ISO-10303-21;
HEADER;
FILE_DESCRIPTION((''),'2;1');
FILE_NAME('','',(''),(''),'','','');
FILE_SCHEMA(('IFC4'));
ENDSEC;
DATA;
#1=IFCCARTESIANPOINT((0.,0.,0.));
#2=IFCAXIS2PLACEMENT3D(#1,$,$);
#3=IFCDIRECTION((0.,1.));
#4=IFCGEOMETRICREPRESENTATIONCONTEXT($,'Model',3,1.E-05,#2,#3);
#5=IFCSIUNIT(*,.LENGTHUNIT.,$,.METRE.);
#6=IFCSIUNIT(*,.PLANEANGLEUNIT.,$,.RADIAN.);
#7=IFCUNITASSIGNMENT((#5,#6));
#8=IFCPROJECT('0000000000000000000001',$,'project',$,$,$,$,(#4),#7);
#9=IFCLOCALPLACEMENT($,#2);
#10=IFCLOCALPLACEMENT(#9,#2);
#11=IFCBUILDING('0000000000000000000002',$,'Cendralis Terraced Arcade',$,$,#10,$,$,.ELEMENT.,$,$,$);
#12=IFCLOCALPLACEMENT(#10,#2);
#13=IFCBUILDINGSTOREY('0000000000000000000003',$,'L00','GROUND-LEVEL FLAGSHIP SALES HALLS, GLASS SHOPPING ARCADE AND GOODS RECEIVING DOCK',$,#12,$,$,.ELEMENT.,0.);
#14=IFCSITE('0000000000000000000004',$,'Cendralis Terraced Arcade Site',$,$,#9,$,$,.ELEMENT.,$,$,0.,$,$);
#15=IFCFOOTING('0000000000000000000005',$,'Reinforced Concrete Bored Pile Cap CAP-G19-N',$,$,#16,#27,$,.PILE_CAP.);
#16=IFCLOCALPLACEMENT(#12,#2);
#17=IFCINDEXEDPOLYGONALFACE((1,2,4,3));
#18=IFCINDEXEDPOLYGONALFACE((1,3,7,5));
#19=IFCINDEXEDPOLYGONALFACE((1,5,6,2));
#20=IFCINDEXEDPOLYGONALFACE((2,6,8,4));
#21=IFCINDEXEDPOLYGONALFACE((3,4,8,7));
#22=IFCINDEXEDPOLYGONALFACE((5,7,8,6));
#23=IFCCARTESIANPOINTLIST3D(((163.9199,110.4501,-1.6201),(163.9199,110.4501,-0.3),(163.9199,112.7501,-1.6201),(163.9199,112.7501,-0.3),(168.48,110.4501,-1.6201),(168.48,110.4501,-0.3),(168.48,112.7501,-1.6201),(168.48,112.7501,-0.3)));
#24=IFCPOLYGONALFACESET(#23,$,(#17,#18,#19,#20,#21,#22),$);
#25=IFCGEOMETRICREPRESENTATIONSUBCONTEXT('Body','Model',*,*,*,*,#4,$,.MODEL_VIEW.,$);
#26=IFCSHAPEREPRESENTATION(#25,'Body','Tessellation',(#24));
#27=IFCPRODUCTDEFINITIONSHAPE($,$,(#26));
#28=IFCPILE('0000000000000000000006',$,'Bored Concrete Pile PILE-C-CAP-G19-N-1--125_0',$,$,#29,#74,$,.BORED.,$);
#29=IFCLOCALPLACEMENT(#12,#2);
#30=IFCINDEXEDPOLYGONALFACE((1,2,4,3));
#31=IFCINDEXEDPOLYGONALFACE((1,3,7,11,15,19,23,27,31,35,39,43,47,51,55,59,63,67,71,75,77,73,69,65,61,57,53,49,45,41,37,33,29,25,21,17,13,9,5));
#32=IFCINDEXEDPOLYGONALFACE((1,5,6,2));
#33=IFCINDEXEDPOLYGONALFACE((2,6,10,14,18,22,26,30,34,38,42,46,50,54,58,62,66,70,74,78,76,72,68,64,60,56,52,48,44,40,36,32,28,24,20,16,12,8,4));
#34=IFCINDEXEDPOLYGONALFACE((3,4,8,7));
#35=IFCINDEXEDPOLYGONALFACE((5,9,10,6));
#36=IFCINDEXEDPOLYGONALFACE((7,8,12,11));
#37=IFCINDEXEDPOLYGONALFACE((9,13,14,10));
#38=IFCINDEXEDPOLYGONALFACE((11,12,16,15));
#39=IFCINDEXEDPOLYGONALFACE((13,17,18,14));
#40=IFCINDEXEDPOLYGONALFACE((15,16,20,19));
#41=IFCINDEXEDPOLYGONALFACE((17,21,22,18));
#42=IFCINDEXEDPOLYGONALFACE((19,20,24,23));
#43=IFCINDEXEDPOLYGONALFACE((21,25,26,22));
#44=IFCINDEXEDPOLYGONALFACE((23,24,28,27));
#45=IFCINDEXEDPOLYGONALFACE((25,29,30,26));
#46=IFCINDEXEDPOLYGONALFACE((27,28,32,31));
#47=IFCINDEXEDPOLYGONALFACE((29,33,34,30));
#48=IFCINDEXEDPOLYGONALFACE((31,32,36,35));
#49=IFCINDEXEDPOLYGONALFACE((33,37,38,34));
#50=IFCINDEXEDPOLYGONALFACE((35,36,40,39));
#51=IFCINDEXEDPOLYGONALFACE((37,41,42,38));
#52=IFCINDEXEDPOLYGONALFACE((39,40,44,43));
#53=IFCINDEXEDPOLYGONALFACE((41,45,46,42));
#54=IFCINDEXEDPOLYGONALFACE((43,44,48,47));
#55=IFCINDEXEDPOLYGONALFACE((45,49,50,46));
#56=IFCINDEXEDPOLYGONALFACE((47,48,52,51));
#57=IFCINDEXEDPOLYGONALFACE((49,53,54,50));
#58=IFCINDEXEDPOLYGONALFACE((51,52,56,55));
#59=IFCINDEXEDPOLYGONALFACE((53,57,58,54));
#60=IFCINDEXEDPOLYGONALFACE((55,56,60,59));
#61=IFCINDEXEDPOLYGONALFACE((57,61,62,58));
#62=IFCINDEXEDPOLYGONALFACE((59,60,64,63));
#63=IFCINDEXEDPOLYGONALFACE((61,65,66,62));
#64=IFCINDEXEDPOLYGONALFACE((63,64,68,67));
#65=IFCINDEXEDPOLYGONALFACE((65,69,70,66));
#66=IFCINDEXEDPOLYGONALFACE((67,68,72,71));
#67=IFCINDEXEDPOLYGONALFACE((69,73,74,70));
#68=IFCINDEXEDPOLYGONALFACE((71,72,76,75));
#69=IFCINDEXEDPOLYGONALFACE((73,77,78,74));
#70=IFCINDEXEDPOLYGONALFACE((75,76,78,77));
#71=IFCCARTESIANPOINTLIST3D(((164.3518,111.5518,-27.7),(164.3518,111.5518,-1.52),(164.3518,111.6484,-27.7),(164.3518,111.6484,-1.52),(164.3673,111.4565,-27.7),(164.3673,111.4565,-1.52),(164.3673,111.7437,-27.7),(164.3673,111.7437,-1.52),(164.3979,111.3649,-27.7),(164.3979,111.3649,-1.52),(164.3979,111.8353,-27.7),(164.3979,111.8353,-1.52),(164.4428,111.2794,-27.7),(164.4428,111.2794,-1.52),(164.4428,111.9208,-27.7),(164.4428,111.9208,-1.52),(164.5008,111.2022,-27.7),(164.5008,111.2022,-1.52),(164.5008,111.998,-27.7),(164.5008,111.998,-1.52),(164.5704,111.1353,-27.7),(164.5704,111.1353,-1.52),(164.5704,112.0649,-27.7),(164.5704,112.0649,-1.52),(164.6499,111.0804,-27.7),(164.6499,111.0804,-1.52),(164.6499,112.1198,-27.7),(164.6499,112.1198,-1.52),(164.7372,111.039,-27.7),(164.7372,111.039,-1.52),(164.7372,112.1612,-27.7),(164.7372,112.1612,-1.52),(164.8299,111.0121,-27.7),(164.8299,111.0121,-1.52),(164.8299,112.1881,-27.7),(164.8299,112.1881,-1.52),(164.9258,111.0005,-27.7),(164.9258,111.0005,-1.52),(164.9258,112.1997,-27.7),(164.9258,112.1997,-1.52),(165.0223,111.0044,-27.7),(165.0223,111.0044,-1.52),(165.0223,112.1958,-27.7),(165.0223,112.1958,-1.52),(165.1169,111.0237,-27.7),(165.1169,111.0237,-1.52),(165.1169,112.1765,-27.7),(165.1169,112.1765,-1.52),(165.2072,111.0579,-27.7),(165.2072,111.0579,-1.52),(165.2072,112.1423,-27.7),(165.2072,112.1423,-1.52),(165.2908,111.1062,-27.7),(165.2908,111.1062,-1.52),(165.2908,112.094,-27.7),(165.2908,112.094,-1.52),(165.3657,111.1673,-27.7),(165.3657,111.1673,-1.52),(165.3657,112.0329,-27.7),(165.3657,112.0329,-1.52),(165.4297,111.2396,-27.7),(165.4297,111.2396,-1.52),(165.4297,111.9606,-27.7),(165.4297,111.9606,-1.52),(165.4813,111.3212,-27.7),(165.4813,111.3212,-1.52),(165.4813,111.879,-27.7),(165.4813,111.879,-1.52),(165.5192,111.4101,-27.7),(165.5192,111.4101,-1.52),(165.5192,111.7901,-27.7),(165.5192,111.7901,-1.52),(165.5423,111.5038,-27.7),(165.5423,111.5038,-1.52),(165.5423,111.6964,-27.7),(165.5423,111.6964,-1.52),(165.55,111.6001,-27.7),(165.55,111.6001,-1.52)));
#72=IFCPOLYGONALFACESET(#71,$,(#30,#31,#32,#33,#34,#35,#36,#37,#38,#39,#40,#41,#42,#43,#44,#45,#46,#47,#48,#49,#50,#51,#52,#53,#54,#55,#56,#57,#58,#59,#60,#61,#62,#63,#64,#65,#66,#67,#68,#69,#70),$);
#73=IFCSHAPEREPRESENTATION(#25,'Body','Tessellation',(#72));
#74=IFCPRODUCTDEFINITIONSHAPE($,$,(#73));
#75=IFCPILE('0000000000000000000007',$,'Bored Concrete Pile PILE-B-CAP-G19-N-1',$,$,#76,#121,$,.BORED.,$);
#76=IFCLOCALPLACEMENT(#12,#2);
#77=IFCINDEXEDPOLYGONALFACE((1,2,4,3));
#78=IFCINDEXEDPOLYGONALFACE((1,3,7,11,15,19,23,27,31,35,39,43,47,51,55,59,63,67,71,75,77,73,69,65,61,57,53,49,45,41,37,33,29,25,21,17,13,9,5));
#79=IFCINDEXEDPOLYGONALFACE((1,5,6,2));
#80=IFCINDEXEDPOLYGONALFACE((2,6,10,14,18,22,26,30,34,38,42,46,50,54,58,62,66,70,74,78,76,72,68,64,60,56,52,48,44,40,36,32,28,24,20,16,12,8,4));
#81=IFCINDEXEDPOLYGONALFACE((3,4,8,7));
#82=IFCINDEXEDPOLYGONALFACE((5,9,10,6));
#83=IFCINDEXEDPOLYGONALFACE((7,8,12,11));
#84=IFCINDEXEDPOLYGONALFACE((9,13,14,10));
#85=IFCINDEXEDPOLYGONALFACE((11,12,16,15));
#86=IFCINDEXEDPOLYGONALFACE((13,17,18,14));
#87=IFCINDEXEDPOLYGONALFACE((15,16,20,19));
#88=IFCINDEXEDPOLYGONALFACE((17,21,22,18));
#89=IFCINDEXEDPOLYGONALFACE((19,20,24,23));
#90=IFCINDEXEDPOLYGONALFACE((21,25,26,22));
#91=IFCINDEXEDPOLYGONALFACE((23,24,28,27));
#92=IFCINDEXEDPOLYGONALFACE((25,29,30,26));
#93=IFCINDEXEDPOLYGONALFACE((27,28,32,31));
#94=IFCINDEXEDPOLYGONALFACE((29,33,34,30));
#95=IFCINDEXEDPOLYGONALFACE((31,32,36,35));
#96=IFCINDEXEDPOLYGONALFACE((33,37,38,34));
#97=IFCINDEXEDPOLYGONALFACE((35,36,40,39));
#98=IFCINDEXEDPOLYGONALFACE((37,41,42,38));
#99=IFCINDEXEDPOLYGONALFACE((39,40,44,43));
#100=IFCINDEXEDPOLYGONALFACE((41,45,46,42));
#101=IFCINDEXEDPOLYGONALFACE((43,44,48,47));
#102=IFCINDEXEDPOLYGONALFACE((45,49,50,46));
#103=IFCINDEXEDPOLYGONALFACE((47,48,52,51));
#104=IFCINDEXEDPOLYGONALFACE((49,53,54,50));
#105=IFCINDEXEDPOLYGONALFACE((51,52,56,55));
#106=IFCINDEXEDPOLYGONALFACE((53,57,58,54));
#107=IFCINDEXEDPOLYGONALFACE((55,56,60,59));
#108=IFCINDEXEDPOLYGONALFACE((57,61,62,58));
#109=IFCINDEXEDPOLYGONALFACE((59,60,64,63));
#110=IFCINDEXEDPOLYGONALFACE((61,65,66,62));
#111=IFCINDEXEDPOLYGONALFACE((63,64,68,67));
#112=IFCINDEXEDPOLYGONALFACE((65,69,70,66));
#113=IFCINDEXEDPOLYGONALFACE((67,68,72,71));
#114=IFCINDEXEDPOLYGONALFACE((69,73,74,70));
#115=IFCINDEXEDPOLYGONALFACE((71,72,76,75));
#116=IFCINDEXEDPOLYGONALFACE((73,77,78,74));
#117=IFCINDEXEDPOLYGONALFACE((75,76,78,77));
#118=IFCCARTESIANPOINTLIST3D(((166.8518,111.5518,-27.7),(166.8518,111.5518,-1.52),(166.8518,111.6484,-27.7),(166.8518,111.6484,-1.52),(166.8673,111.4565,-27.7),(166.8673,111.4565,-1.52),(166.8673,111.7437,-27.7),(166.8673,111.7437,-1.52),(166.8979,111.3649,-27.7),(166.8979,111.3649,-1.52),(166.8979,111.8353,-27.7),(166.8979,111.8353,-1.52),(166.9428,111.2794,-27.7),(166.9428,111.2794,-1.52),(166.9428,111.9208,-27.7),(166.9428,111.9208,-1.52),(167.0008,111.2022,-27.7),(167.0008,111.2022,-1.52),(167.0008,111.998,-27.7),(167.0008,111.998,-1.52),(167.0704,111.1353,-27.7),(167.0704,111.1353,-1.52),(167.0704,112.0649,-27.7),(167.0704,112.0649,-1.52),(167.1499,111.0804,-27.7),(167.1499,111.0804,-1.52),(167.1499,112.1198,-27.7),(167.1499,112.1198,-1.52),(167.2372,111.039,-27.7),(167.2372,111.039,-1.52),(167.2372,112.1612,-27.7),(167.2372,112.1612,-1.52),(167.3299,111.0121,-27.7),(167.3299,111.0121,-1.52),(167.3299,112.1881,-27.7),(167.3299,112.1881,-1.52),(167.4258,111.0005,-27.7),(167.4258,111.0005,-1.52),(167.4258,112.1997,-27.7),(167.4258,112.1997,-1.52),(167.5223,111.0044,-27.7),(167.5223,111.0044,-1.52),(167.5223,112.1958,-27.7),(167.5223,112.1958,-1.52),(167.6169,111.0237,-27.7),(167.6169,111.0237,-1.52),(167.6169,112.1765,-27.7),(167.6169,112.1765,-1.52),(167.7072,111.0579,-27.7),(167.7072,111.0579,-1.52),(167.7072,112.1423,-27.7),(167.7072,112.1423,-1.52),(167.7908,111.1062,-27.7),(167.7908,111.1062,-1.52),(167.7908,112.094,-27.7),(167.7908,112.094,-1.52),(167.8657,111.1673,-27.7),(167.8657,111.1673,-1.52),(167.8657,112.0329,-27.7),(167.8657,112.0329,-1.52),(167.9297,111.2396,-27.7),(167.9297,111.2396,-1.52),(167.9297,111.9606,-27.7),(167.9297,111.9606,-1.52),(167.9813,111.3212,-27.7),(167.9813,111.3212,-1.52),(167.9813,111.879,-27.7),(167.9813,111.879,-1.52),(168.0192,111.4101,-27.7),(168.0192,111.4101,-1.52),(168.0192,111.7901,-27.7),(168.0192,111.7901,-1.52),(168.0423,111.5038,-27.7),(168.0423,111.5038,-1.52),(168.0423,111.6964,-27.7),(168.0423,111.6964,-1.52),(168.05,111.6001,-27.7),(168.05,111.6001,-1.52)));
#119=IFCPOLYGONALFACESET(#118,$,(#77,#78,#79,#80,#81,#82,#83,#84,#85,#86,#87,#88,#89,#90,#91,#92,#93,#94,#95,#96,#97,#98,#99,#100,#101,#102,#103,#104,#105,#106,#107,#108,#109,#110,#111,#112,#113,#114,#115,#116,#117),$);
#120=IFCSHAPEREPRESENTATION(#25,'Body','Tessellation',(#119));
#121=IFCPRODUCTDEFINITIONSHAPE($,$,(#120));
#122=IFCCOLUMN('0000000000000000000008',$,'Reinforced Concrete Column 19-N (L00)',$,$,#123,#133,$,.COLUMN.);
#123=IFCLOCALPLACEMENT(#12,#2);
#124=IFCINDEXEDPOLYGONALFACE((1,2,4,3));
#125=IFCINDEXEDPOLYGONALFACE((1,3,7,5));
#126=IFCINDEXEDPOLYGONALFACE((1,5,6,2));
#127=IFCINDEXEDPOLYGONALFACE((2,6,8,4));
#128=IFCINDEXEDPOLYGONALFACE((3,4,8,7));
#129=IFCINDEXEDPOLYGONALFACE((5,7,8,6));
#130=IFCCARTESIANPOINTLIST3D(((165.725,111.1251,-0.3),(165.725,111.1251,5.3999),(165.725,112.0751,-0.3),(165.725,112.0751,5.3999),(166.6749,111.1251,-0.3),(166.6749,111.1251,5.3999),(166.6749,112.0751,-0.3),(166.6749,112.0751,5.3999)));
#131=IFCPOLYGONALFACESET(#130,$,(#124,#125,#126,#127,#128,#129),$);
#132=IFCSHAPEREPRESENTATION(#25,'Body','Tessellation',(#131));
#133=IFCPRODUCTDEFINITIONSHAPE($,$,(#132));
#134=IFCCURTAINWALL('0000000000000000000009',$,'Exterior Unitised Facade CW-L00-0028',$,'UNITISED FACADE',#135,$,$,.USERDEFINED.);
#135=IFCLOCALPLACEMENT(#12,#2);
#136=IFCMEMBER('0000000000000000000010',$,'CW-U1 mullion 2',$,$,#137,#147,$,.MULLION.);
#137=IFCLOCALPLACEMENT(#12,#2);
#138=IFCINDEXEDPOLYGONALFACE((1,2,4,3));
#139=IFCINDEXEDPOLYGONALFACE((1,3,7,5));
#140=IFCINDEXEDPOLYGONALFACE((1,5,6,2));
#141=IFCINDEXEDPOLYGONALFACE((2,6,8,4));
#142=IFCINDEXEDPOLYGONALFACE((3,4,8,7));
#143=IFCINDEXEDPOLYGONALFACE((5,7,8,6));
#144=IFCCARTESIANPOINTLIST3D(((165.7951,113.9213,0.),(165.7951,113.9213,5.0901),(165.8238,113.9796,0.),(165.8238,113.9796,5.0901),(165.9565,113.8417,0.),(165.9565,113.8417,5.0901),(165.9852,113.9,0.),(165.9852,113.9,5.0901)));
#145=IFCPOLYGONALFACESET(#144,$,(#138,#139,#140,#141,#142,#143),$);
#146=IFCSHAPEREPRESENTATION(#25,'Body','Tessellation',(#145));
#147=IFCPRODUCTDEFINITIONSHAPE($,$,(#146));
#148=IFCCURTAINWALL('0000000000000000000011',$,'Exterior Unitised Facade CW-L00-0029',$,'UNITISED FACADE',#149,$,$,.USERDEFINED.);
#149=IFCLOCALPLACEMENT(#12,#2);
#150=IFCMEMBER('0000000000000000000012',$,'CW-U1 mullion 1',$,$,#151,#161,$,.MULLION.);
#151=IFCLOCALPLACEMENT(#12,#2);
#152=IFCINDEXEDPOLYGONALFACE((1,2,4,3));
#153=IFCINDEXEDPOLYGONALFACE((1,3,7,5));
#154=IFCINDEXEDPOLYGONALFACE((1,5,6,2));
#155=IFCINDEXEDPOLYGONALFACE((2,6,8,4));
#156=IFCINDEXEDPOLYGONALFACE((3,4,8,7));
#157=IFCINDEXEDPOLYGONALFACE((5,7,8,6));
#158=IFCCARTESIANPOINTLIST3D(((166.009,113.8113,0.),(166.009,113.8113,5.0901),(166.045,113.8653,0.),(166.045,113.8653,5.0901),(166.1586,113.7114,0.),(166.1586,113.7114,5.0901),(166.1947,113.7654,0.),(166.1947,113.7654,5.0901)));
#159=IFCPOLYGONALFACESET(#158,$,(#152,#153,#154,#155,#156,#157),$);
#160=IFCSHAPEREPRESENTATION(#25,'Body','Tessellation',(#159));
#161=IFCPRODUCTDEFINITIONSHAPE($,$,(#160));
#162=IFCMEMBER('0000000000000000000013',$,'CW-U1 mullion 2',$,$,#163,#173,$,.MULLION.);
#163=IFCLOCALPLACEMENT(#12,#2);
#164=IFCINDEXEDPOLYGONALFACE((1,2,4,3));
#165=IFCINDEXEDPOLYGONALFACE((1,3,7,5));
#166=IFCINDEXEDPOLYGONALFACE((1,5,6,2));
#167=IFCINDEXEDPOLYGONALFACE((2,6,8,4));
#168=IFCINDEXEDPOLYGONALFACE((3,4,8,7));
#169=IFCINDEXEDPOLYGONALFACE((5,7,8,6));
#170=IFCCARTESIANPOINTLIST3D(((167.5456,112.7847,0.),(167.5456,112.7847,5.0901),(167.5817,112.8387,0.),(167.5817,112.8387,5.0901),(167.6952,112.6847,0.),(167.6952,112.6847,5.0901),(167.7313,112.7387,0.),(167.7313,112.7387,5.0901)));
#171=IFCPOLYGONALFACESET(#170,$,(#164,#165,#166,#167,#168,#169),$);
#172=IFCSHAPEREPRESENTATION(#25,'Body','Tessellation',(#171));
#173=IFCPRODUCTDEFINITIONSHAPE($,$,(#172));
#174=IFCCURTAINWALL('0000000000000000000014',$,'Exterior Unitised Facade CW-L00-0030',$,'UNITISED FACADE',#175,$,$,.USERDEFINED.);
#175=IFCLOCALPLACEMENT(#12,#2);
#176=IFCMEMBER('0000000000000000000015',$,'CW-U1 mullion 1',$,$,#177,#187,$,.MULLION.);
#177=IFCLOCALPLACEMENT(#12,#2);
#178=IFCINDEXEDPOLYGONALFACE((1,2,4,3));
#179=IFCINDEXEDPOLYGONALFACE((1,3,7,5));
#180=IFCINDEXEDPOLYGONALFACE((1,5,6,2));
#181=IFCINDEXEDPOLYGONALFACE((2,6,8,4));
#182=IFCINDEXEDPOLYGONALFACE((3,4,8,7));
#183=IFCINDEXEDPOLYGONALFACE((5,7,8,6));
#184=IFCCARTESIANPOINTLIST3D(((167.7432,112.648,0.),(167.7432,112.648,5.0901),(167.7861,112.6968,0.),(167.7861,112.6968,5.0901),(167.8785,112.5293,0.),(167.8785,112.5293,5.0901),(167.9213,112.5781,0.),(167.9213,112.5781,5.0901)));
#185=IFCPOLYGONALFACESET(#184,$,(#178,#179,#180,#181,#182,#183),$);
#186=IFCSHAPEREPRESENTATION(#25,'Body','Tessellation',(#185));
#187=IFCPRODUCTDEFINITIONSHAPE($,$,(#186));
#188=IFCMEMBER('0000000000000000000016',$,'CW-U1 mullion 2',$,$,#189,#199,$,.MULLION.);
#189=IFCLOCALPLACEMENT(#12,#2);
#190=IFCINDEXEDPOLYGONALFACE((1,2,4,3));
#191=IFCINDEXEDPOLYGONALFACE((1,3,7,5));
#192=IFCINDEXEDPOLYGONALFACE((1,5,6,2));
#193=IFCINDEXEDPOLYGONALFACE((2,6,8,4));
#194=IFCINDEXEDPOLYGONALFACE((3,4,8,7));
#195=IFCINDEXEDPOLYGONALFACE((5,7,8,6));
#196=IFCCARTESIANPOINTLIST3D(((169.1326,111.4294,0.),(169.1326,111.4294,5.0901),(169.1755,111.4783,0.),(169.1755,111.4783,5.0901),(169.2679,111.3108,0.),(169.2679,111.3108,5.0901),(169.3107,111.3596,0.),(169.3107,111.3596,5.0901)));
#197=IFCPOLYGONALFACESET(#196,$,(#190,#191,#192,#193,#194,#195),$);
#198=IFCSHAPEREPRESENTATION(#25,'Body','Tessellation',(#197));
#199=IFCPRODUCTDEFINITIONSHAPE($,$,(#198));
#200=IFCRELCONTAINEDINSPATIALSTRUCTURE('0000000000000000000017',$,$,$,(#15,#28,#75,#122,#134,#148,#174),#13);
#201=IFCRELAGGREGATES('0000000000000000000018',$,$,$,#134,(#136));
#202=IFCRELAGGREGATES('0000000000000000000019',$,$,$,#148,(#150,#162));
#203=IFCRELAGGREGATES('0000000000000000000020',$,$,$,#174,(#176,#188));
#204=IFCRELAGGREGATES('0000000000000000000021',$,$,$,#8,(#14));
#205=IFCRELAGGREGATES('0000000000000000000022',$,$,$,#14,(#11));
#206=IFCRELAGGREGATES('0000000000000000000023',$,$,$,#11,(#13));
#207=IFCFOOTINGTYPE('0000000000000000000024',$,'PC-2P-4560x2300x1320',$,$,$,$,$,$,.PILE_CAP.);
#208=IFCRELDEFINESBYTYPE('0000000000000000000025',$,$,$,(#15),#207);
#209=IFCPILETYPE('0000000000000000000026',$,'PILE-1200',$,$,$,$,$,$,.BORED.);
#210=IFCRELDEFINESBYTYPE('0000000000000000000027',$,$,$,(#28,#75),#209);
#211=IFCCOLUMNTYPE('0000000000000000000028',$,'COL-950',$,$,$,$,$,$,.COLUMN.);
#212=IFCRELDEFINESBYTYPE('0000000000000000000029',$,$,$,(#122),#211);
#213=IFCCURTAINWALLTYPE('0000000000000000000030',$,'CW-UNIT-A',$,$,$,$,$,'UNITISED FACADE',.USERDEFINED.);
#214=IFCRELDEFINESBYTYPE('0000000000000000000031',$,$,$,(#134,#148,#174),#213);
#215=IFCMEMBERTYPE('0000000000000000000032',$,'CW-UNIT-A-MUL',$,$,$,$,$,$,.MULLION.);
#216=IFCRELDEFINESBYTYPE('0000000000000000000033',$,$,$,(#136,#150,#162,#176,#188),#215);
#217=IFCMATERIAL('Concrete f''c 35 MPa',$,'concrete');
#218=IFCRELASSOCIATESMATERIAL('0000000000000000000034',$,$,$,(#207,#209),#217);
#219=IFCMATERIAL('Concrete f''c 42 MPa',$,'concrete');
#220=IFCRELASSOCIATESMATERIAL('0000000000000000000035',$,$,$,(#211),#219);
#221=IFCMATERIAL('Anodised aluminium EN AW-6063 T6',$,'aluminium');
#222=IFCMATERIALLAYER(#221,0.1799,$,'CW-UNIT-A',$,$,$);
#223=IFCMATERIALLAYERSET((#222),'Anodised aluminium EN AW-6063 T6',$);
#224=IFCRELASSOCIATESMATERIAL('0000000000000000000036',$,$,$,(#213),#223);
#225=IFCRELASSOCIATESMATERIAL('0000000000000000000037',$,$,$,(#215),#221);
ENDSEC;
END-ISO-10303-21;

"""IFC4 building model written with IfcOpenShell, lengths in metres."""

from ifc_helpers import new_model, si_unit, direction, frame, origin, origin_2d, place, context, subcontext, project, spatial, rectangle, circle, extrude, material, layer, layer_set, material_profile, profile_set, type_object, element, aggregate, save


model = new_model("IFC4")

# Units and contexts
model_context = context("Model", 3, precision=1e-05, world=origin(), true_north=direction((0.0, 1.0)))
body_context = subcontext(model_context, "Body", "Model", "MODEL_VIEW")
ifc_project = project(units=[si_unit("LENGTHUNIT", "METRE"), si_unit("PLANEANGLEUNIT", "RADIAN")], contexts=[model_context])

# Site, building, storey
site_placement = place(None, origin())
site = spatial("IfcSite", under=ifc_project, at=site_placement, Name="Cendralis Terraced Arcade Site", CompositionType="ELEMENT", RefElevation=0.0)
building_placement = place(site_placement, origin())
building = spatial("IfcBuilding", under=site, at=building_placement, Name="Cendralis Terraced Arcade", CompositionType="ELEMENT")
storey_placement = place(building_placement, origin())
storey = spatial("IfcBuildingStorey", under=building, at=storey_placement, Name="L00", Description="GROUND-LEVEL FLAGSHIP SALES HALLS, GLASS SHOPPING ARCADE AND GOODS RECEIVING DOCK", CompositionType="ELEMENT", Elevation=0.0)

# Footing
ifc_material_1 = material(Name="Concrete f'c 35 MPa", Category="concrete")
footing_type = type_object("IfcFootingType", Name="PC-2P-4560x2300x1320", PredefinedType="PILE_CAP", material=ifc_material_1)
footing_placement = place(storey_placement, frame((166.2, 111.6001, -1.6201), z_axis=(0.0, 0.0, 1.0), x_axis=(1.0, 0.0, 0.0)))
element("IfcFooting", 1, at=footing_placement, inside=storey, type_object=footing_type, Name="Reinforced Concrete Bored Pile Cap CAP-G19-N", PredefinedType="PILE_CAP", context=body_context, shape_type="SweptSolid", body=[
    extrude(rectangle(XDim=4.5601, YDim=2.3, at=origin_2d()), origin(), (0.0, 0.0, 1.0), 1.3201),
])

# Piles
ifc_material_profile_1 = material_profile(ifc_material_1, circle(Radius=0.6001, at=origin_2d()), Name="PILE-D1200", Category="LoadBearing")
ifc_profile_set_1 = profile_set([ifc_material_profile_1], Name="Concrete f'c 35 MPa")
pile_type = type_object("IfcPileType", Name="PILE-1200", PredefinedType="BORED", material=ifc_profile_set_1)
for number, where, z_axis, x_axis, name in (
    (2, (164.95, 111.6001, -1.52), (0.0, 0.0, -1.0), (1.0, 0.0, 0.0), "Bored Concrete Pile PILE-C-CAP-G19-N-1--125_0"),
    (3, (167.45, 111.6001, -1.52), (0.0, 0.0, -1.0), (1.0, 0.0, 0.0), "Bored Concrete Pile PILE-B-CAP-G19-N-1"),
):
    element("IfcPile", number, at=place(storey_placement, frame(where, z_axis=z_axis, x_axis=x_axis)), inside=storey, type_object=pile_type, Name=name, PredefinedType="BORED", context=body_context, shape_type="SweptSolid", body=[
        extrude(circle(Radius=0.6001, at=origin_2d()), origin(), (0.0, 0.0, 1.0), 26.1799),
    ])

# Column
ifc_material_2 = material(Name="Concrete f'c 42 MPa", Category="concrete")
ifc_material_profile_2 = material_profile(ifc_material_2, rectangle(XDim=0.95, YDim=0.95, at=origin_2d()), Name="RC-COL-950x950", Category="LoadBearing")
ifc_profile_set_2 = profile_set([ifc_material_profile_2], Name="Concrete f'c 42 MPa")
column_type = type_object("IfcColumnType", Name="COL-950", PredefinedType="COLUMN", material=ifc_profile_set_2)
column_placement = place(storey_placement, frame((166.2, 111.6001, -0.3), z_axis=(0.0, 0.0, 1.0), x_axis=(1.0, 0.0, 0.0)))
element("IfcColumn", 4, at=column_placement, inside=storey, type_object=column_type, Name="Reinforced Concrete Column 19-N (L00)", PredefinedType="COLUMN", context=body_context, shape_type="SweptSolid", body=[
    extrude(rectangle(XDim=0.95, YDim=0.95, at=origin_2d()), origin(), (0.0, 0.0, 1.0), 5.7),
])

# Curtain wall, member
ifc_material_3 = material(Name="Anodised aluminium EN AW-6063 T6", Category="aluminium")
ifc_layer_1 = layer(ifc_material_3, 0.1799, Name="CW-UNIT-A")
ifc_layer_set_1 = layer_set([ifc_layer_1], Name="Anodised aluminium EN AW-6063 T6")
curtain_wall_type = type_object("IfcCurtainWallType", Name="CW-UNIT-A", ElementType="UNITISED FACADE", PredefinedType="USERDEFINED", material=ifc_layer_set_1)
curtain_wall_1_placement = place(storey_placement, origin())
curtain_wall_1 = element("IfcCurtainWall", 5, at=curtain_wall_1_placement, inside=storey, type_object=curtain_wall_type, Name="Exterior Unitised Facade CW-L00-0028", ObjectType="UNITISED FACADE", PredefinedType="USERDEFINED")
ifc_material_profile_3 = material_profile(ifc_material_3, rectangle(XDim=0.0649, YDim=0.1799, at=origin_2d()), Name="ALU-MUL-65x180")
ifc_profile_set_3 = profile_set([ifc_material_profile_3], Name="Anodised aluminium EN AW-6063 T6")
member_type_1 = type_object("IfcMemberType", Name="CW-UNIT-A-MUL", PredefinedType="MULLION", material=ifc_profile_set_3)
member_1_placement = place(storey_placement, frame((165.8901, 113.9106, 0.0), z_axis=(0.0, 0.0, 1.0), x_axis=(0.442293, 0.896871, 0.0)))
member_1 = element("IfcMember", 6, at=member_1_placement, type_object=member_type_1, Name="CW-U1 mullion 2", PredefinedType="MULLION", context=body_context, shape_type="SweptSolid", body=[
    extrude(rectangle(XDim=0.0649, YDim=0.1799, at=origin_2d()), origin(), (0.0, 0.0, 1.0), 5.0901),
])

# Curtain walls, members
curtain_wall_2_placement = place(storey_placement, origin())
curtain_wall_2 = element("IfcCurtainWall", 7, at=curtain_wall_2_placement, inside=storey, type_object=curtain_wall_type, Name="Exterior Unitised Facade CW-L00-0029", ObjectType="UNITISED FACADE", PredefinedType="USERDEFINED")
member_2_placement = place(storey_placement, frame((166.1018, 113.7883, 0.0), z_axis=(0.0, 0.0, 1.0), x_axis=(0.555532, 0.831495, 0.0)))
member_2 = element("IfcMember", 8, at=member_2_placement, type_object=member_type_1, Name="CW-U1 mullion 1", PredefinedType="MULLION", context=body_context, shape_type="SweptSolid", body=[
    extrude(rectangle(XDim=0.0649, YDim=0.1799, at=origin_2d()), origin(), (0.0, 0.0, 1.0), 5.0901),
])
member_3_placement = place(storey_placement, frame((167.6384, 112.7617, 0.0), z_axis=(0.0, 0.0, 1.0), x_axis=(0.555532, 0.831495, 0.0)))
member_3 = element("IfcMember", 9, at=member_3_placement, type_object=member_type_1, Name="CW-U1 mullion 2", PredefinedType="MULLION", context=body_context, shape_type="SweptSolid", body=[
    extrude(rectangle(XDim=0.0649, YDim=0.1799, at=origin_2d()), origin(), (0.0, 0.0, 1.0), 5.0901),
])
curtain_wall_3_placement = place(storey_placement, origin())
curtain_wall_3 = element("IfcCurtainWall", 10, at=curtain_wall_3_placement, inside=storey, type_object=curtain_wall_type, Name="Exterior Unitised Facade CW-L00-0030", ObjectType="UNITISED FACADE", PredefinedType="USERDEFINED")
member_4_placement = place(storey_placement, frame((167.8323, 112.613, 0.0), z_axis=(0.0, 0.0, 1.0), x_axis=(0.659411, 0.751783, 0.0)))
member_4 = element("IfcMember", 11, at=member_4_placement, type_object=member_type_1, Name="CW-U1 mullion 1", PredefinedType="MULLION", context=body_context, shape_type="SweptSolid", body=[
    extrude(rectangle(XDim=0.0649, YDim=0.1799, at=origin_2d()), origin(), (0.0, 0.0, 1.0), 5.0901),
])
member_5_placement = place(storey_placement, frame((169.2217, 111.3945, 0.0), z_axis=(0.0, 0.0, 1.0), x_axis=(0.659411, 0.751783, 0.0)))
member_5 = element("IfcMember", 12, at=member_5_placement, type_object=member_type_1, Name="CW-U1 mullion 2", PredefinedType="MULLION", context=body_context, shape_type="SweptSolid", body=[
    extrude(rectangle(XDim=0.0649, YDim=0.1799, at=origin_2d()), origin(), (0.0, 0.0, 1.0), 5.0901),
])

aggregate(curtain_wall_1, [member_1])
aggregate(curtain_wall_2, [member_2, member_3])
aggregate(curtain_wall_3, [member_4, member_5])

save(model, "model.ifc")
